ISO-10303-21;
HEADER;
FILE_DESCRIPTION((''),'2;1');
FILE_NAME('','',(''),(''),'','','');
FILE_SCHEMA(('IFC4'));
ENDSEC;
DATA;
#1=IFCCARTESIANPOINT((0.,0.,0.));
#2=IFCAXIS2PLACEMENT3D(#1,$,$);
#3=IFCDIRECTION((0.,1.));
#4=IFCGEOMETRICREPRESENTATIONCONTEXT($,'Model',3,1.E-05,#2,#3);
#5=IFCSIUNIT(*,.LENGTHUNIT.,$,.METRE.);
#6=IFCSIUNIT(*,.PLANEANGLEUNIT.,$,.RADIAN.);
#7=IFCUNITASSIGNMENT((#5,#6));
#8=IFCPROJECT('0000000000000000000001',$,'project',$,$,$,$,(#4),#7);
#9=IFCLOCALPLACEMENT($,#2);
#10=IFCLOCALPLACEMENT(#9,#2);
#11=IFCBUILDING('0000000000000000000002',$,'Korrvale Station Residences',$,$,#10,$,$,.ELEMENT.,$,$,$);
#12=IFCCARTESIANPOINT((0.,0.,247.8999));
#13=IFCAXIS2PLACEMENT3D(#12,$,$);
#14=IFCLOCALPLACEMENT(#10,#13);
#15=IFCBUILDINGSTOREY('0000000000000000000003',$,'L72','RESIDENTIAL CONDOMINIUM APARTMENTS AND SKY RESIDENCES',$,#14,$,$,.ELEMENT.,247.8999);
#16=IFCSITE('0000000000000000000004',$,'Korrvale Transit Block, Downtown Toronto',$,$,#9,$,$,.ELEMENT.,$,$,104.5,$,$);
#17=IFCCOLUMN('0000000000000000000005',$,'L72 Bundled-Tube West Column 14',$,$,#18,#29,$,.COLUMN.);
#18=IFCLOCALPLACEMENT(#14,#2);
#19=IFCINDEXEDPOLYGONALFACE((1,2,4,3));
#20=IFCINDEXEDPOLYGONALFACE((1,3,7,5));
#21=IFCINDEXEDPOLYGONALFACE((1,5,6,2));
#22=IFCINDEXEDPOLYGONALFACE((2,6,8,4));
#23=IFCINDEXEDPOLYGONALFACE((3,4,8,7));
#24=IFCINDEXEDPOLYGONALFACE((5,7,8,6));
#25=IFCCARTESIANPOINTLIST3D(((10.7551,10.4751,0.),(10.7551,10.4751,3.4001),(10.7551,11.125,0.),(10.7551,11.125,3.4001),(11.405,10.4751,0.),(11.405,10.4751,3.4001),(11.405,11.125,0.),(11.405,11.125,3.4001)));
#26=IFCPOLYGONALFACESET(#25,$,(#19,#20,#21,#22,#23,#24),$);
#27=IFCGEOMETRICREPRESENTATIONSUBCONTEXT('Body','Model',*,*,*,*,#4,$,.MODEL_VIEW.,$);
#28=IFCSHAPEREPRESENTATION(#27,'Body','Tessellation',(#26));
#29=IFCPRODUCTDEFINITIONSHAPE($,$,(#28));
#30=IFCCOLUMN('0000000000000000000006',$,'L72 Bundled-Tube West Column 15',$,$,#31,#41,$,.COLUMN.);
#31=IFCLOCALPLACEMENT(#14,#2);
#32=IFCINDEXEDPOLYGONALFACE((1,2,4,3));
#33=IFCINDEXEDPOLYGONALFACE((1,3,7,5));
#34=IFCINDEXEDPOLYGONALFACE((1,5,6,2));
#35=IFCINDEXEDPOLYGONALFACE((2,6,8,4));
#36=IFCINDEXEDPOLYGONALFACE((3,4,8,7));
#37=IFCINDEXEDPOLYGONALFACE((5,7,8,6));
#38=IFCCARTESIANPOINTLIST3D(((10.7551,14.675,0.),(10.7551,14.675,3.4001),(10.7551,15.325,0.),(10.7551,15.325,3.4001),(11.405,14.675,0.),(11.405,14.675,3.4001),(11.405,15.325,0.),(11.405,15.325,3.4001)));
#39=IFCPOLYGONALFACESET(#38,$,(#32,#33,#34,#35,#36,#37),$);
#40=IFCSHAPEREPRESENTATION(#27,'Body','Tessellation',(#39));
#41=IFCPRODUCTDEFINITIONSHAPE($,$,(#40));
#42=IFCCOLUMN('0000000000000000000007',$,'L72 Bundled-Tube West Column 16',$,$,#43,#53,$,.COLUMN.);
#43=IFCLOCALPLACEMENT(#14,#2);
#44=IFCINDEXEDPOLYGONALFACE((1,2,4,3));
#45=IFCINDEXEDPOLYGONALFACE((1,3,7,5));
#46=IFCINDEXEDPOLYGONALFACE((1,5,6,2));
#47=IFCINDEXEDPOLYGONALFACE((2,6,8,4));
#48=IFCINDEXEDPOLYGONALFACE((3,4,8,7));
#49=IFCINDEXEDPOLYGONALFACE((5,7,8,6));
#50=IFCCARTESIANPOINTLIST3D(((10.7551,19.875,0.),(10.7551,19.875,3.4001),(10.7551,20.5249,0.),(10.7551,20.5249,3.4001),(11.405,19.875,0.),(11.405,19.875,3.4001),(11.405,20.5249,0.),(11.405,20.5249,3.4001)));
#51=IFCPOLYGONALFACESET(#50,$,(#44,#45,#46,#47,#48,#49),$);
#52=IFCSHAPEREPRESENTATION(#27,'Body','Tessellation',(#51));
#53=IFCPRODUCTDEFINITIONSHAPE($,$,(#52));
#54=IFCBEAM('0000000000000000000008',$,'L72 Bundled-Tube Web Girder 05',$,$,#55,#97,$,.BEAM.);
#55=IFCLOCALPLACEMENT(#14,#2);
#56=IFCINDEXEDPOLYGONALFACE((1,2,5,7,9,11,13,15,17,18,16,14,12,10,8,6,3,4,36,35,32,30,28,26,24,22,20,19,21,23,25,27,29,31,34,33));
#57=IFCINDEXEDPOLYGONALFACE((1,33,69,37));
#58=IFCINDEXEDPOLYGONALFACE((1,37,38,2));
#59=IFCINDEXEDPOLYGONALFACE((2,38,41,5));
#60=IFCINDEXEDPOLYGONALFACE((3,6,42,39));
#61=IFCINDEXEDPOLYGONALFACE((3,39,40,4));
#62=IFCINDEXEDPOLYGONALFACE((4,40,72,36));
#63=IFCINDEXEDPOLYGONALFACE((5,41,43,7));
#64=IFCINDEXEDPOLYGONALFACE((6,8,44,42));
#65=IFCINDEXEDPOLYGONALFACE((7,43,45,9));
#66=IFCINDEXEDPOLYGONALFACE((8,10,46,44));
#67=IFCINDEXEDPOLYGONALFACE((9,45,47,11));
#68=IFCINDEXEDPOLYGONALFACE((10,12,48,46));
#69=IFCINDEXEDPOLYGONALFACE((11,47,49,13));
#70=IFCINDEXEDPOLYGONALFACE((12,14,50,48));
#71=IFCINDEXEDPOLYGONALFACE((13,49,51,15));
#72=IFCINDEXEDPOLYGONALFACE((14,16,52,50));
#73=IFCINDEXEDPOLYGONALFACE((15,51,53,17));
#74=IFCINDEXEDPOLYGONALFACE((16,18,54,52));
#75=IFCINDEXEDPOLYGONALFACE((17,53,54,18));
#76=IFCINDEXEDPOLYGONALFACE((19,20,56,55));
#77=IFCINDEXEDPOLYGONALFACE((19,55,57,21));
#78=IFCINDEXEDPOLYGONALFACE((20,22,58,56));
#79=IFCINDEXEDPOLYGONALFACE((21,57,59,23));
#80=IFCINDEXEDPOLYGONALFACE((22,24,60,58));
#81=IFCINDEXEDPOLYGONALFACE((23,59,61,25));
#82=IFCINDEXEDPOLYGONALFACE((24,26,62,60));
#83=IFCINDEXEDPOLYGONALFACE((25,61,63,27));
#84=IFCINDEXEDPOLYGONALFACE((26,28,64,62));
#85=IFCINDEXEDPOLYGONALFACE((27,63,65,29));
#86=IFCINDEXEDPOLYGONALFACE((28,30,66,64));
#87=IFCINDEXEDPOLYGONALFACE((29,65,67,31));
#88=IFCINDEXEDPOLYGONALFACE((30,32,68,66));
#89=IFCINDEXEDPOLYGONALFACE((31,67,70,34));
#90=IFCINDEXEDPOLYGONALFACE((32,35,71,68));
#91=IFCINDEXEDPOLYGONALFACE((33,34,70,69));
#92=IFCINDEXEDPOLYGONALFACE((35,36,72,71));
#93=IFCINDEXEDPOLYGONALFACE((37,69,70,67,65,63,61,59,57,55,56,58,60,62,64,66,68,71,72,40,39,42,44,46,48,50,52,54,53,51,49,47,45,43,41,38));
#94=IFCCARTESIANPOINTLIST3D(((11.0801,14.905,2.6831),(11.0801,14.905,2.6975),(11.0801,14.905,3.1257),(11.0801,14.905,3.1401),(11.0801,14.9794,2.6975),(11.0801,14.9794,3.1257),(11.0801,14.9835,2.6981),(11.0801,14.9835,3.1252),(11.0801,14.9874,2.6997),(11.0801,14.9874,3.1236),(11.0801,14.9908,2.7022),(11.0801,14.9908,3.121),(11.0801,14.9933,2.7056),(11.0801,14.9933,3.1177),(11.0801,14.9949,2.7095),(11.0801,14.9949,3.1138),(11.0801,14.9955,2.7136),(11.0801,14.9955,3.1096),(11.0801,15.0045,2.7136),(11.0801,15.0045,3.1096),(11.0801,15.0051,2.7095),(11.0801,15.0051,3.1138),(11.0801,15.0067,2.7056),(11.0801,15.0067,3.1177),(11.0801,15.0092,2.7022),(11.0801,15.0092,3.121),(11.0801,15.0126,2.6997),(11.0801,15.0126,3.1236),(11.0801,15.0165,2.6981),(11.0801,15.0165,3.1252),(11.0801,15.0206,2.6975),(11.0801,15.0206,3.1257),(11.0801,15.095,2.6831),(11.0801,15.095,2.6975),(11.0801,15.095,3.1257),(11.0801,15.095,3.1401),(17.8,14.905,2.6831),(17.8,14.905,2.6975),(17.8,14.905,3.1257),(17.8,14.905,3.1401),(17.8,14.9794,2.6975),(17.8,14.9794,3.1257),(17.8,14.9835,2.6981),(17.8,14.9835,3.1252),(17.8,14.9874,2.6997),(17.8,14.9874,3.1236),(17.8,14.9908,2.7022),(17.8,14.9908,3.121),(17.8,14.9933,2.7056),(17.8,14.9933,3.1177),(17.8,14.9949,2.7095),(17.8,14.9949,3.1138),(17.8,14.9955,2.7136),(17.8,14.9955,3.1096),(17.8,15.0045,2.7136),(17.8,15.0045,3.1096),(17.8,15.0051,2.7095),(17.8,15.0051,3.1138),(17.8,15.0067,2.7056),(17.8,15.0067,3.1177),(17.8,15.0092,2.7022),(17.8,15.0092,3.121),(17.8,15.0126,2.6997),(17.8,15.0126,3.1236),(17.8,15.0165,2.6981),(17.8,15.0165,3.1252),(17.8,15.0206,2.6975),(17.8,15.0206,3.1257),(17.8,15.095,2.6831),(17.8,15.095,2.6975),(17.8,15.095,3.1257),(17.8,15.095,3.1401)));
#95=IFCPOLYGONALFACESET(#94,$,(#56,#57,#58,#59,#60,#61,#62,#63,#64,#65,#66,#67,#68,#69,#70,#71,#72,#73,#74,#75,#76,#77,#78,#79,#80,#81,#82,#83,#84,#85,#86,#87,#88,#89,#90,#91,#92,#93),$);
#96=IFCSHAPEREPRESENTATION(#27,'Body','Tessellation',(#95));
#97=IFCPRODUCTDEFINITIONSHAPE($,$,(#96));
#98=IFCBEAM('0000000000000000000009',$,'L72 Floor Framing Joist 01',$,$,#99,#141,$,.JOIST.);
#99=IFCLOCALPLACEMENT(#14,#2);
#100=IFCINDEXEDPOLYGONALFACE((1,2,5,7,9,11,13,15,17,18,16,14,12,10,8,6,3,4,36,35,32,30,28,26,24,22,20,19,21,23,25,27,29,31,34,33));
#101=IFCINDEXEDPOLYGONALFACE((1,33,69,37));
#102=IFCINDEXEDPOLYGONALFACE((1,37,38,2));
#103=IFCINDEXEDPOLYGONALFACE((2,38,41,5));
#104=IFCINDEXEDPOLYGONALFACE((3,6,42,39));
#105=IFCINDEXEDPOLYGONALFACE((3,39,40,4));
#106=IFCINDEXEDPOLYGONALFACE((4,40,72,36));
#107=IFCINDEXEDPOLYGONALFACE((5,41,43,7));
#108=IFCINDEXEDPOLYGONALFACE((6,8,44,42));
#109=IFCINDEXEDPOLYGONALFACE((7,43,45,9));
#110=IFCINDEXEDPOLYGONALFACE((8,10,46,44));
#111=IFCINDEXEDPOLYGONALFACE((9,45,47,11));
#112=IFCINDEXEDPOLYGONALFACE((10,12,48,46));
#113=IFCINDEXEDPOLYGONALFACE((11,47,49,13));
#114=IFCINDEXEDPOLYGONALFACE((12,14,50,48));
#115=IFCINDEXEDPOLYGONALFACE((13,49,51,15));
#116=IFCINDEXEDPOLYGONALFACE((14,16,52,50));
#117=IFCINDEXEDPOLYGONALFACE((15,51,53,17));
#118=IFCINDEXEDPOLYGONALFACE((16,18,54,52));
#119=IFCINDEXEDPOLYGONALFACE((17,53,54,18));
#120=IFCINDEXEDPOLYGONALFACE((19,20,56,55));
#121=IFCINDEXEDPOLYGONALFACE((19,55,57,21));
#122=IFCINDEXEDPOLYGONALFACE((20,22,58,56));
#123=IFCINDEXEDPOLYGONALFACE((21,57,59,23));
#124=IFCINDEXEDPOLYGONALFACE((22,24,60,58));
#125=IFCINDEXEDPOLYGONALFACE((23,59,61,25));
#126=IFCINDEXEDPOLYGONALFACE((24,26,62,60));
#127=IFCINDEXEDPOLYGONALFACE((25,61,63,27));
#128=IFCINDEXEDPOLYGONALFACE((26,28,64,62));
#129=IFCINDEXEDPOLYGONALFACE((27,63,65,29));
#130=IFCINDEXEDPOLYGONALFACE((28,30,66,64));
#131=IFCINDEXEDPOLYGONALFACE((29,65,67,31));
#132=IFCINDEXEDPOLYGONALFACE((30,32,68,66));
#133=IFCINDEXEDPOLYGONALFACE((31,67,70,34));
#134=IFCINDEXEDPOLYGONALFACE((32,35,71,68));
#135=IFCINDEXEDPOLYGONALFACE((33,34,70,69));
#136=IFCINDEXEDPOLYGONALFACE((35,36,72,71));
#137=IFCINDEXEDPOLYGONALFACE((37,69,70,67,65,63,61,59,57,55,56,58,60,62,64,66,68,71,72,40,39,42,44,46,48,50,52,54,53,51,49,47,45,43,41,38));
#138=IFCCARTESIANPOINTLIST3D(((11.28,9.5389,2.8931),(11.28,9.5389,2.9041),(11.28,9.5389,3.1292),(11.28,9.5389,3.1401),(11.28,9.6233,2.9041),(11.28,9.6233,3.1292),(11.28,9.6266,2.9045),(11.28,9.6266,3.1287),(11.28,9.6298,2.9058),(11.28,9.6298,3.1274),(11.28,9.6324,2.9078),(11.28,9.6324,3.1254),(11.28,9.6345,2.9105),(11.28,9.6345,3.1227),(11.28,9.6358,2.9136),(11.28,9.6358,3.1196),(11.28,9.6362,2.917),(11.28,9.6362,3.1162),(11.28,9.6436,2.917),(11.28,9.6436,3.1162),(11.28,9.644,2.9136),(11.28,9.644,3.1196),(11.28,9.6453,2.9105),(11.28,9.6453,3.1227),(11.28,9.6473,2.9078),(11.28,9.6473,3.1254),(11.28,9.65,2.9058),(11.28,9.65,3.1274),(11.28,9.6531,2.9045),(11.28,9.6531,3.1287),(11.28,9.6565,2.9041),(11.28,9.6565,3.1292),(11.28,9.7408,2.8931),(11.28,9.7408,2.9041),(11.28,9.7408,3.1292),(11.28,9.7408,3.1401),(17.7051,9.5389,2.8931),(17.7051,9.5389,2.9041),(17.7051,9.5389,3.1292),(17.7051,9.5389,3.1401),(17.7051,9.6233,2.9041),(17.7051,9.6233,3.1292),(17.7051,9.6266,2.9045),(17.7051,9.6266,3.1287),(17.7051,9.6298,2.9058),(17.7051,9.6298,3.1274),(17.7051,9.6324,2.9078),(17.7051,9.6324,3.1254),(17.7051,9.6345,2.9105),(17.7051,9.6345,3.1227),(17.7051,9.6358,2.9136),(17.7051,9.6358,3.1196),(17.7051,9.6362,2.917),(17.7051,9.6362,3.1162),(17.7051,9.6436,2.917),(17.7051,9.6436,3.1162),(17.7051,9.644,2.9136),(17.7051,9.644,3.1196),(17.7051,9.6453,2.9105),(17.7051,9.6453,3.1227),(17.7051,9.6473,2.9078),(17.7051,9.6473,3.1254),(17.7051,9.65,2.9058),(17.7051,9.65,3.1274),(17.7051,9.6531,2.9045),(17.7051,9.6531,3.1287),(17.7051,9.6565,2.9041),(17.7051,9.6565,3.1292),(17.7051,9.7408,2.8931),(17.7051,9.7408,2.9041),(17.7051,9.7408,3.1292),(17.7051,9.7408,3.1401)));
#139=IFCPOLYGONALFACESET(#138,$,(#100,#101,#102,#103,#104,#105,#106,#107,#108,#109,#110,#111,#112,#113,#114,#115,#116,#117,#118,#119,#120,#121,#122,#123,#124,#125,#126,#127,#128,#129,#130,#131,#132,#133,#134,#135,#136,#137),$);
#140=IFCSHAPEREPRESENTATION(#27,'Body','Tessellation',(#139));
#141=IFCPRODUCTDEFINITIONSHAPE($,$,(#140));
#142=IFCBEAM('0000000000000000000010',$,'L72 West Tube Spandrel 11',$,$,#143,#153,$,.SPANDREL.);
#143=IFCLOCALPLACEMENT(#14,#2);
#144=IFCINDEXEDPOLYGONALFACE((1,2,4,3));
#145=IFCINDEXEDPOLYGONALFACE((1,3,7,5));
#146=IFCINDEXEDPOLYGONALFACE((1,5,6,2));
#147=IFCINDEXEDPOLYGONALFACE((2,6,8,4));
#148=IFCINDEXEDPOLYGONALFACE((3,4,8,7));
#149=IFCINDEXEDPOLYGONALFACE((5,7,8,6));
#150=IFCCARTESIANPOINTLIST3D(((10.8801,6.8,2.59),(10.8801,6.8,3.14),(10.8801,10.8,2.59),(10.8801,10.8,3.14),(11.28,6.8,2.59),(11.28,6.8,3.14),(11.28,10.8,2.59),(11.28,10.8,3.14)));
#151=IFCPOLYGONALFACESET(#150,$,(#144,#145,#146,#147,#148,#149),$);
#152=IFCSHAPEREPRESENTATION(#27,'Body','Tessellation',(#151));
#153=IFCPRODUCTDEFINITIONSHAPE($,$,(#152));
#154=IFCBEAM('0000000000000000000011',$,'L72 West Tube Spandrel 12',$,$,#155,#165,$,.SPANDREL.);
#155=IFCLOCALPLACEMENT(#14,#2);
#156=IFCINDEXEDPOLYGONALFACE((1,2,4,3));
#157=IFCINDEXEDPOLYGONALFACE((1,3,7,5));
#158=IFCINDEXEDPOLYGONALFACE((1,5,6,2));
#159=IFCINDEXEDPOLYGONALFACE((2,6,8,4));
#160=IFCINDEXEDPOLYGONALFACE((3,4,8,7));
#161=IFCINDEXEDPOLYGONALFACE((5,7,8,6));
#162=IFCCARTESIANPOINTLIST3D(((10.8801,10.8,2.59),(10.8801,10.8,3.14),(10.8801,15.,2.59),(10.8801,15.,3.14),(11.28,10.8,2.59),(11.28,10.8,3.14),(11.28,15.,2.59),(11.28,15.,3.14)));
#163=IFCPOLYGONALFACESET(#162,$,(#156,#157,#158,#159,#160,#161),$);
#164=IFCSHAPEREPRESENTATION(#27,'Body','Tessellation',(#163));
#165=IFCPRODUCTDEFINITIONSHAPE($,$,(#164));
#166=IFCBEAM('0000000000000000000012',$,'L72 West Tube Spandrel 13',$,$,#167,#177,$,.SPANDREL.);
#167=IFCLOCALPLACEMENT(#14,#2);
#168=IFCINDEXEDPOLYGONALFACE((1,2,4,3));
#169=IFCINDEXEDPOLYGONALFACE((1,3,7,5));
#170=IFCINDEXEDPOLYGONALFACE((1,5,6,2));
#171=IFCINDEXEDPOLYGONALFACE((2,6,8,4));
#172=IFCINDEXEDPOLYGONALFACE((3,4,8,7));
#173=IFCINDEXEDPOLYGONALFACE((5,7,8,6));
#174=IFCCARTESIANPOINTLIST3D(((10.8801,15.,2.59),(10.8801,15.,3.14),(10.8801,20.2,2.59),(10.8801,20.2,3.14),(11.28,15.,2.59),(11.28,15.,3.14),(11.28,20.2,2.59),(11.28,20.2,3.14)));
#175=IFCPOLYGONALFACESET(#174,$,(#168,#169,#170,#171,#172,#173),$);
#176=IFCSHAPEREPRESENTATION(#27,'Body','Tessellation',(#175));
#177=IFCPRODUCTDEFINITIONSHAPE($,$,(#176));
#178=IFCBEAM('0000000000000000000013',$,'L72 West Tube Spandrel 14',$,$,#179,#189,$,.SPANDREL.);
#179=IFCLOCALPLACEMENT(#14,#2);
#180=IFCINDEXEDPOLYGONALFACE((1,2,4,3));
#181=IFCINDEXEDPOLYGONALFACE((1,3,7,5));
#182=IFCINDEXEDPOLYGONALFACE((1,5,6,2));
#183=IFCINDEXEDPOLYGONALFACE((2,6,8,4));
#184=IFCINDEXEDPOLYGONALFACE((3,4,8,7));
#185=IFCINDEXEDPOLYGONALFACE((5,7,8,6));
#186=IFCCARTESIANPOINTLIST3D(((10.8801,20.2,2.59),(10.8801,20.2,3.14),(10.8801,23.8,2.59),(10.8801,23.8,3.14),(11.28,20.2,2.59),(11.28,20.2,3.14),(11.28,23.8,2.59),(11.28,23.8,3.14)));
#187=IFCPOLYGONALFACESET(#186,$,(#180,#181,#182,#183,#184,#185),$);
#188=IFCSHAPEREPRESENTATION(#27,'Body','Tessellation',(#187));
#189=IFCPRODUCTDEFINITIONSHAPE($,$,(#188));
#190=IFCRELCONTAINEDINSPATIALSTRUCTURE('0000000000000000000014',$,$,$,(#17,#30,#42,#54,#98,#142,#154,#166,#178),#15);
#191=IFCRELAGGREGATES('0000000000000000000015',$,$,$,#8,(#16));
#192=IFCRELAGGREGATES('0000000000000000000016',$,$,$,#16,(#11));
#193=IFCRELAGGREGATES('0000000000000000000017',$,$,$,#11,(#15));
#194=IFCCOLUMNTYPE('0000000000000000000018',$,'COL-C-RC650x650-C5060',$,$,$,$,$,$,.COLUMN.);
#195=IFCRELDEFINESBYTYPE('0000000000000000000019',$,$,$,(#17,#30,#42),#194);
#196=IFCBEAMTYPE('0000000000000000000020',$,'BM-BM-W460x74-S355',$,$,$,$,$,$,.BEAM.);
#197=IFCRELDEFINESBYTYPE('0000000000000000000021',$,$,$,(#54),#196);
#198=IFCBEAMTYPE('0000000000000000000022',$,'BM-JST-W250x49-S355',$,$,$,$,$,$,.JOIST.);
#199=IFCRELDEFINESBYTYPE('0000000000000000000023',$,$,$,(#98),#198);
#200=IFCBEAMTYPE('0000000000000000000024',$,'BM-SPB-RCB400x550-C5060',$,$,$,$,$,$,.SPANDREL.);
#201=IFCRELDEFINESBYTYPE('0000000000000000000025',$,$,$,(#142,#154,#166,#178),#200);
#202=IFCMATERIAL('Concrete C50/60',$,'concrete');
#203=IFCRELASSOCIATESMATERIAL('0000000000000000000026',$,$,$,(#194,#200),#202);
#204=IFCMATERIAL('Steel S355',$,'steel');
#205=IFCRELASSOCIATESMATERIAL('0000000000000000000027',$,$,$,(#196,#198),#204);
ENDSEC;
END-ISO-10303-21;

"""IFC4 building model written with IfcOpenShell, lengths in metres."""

from ifc_helpers import new_model, si_unit, direction, frame, origin, origin_2d, place, context, subcontext, project, spatial, rectangle, i_section, extrude, material, material_profile, profile_set, type_object, element, save


model = new_model("IFC4")

# Units and contexts
model_context = context("Model", 3, precision=1e-05, world=origin(), true_north=direction((0.0, 1.0)))
body_context = subcontext(model_context, "Body", "Model", "MODEL_VIEW")
ifc_project = project(units=[si_unit("LENGTHUNIT", "METRE"), si_unit("PLANEANGLEUNIT", "RADIAN")], contexts=[model_context])

# Site, building, storey
site_placement = place(None, origin())
site = spatial("IfcSite", under=ifc_project, at=site_placement, Name="Korrvale Transit Block, Downtown Toronto", CompositionType="ELEMENT", RefElevation=104.5)
building_placement = place(site_placement, origin())
building = spatial("IfcBuilding", under=site, at=building_placement, Name="Korrvale Station Residences", CompositionType="ELEMENT")
storey_placement = place(building_placement, frame((0.0, 0.0, 247.8999)))
storey = spatial("IfcBuildingStorey", under=building, at=storey_placement, Name="L72", Description="RESIDENTIAL CONDOMINIUM APARTMENTS AND SKY RESIDENCES", CompositionType="ELEMENT", Elevation=247.8999)

# Columns
ifc_material_1 = material(Name="Concrete C50/60", Category="concrete")
ifc_material_profile_1 = material_profile(ifc_material_1, rectangle(XDim=0.6499, YDim=0.6499, at=origin_2d()), Name="RC650x650")
ifc_profile_set_1 = profile_set([ifc_material_profile_1], Name="Concrete C50/60")
column_type = type_object("IfcColumnType", Name="COL-C-RC650x650-C5060", PredefinedType="COLUMN", material=ifc_profile_set_1)
for number, where, z_axis, x_axis, name in (
    (1, (11.0801, 10.8, 0.0), (0.0, 0.0, 1.0), (1.0, 0.0, 0.0), "L72 Bundled-Tube West Column 14"),
    (2, (11.0801, 15.0, 0.0), (0.0, 0.0, 1.0), (1.0, 0.0, 0.0), "L72 Bundled-Tube West Column 15"),
    (3, (11.0801, 20.2, 0.0), (0.0, 0.0, 1.0), (1.0, 0.0, 0.0), "L72 Bundled-Tube West Column 16"),
):
    element("IfcColumn", number, at=place(storey_placement, frame(where, z_axis=z_axis, x_axis=x_axis)), inside=storey, type_object=column_type, Name=name, PredefinedType="COLUMN", context=body_context, shape_type="SweptSolid", body=[
        extrude(rectangle(XDim=0.6499, YDim=0.6499, at=origin_2d()), origin(), (0.0, 0.0, 1.0), 3.4001),
    ])

# Beams
ifc_material_2 = material(Name="Steel S355", Category="steel")
ifc_material_profile_2 = material_profile(ifc_material_2, i_section(OverallWidth=0.1899, OverallDepth=0.457, WebThickness=0.009, FlangeThickness=0.0144, FilletRadius=0.0161, at=origin_2d()), Name="W460x74")
ifc_profile_set_2 = profile_set([ifc_material_profile_2], Name="Steel S355")
beam_type_1 = type_object("IfcBeamType", Name="BM-BM-W460x74-S355", PredefinedType="BEAM", material=ifc_profile_set_2)
beam_1_placement = place(storey_placement, frame((11.0801, 15.0, 2.9116), z_axis=(1.0, 0.0, 0.0), x_axis=(0.0, 1.0, 0.0)))
element("IfcBeam", 4, at=beam_1_placement, inside=storey, type_object=beam_type_1, Name="L72 Bundled-Tube Web Girder 05", PredefinedType="BEAM", context=body_context, shape_type="SweptSolid", body=[
    extrude(i_section(OverallWidth=0.1899, OverallDepth=0.457, WebThickness=0.009, FlangeThickness=0.0144, FilletRadius=0.0161, at=origin_2d()), origin(), (0.0, 0.0, 1.0), 6.72),
])
ifc_material_profile_3 = material_profile(ifc_material_2, i_section(OverallWidth=0.2019, OverallDepth=0.2471, WebThickness=0.0073, FlangeThickness=0.011, FilletRadius=0.0129, at=origin_2d()), Name="W250x49")
ifc_profile_set_3 = profile_set([ifc_material_profile_3], Name="Steel S355")
beam_type_2 = type_object("IfcBeamType", Name="BM-JST-W250x49-S355", PredefinedType="JOIST", material=ifc_profile_set_3)
beam_2_placement = place(storey_placement, frame((11.28, 9.6399, 3.0166), z_axis=(1.0, 0.0, 0.0), x_axis=(0.0, 1.0, 0.0)))
element("IfcBeam", 5, at=beam_2_placement, inside=storey, type_object=beam_type_2, Name="L72 Floor Framing Joist 01", PredefinedType="JOIST", context=body_context, shape_type="SweptSolid", body=[
    extrude(i_section(OverallWidth=0.2019, OverallDepth=0.2471, WebThickness=0.0073, FlangeThickness=0.011, FilletRadius=0.0129, at=origin_2d()), origin(), (0.0, 0.0, 1.0), 6.425),
])
ifc_material_profile_4 = material_profile(ifc_material_1, rectangle(XDim=0.3999, YDim=0.55, at=origin_2d()), Name="RCB400x550")
ifc_profile_set_4 = profile_set([ifc_material_profile_4], Name="Concrete C50/60")
beam_type_3 = type_object("IfcBeamType", Name="BM-SPB-RCB400x550-C5060", PredefinedType="SPANDREL", material=ifc_profile_set_4)
beam_3_placement = place(storey_placement, frame((11.0801, 6.8, 2.865), z_axis=(0.0, 1.0, 0.0), x_axis=(-1.0, 0.0, 0.0)))
element("IfcBeam", 6, at=beam_3_placement, inside=storey, type_object=beam_type_3, Name="L72 West Tube Spandrel 11", PredefinedType="SPANDREL", context=body_context, shape_type="SweptSolid", body=[
    extrude(rectangle(XDim=0.3999, YDim=0.55, at=origin_2d()), origin(), (0.0, 0.0, 1.0), 4.0),
])
beam_4_placement = place(storey_placement, frame((11.0801, 10.8, 2.865), z_axis=(0.0, 1.0, 0.0), x_axis=(-1.0, 0.0, 0.0)))
element("IfcBeam", 7, at=beam_4_placement, inside=storey, type_object=beam_type_3, Name="L72 West Tube Spandrel 12", PredefinedType="SPANDREL", context=body_context, shape_type="SweptSolid", body=[
    extrude(rectangle(XDim=0.3999, YDim=0.55, at=origin_2d()), origin(), (0.0, 0.0, 1.0), 4.2),
])
beam_5_placement = place(storey_placement, frame((11.0801, 15.0, 2.865), z_axis=(0.0, 1.0, 0.0), x_axis=(-1.0, 0.0, 0.0)))
element("IfcBeam", 8, at=beam_5_placement, inside=storey, type_object=beam_type_3, Name="L72 West Tube Spandrel 13", PredefinedType="SPANDREL", context=body_context, shape_type="SweptSolid", body=[
    extrude(rectangle(XDim=0.3999, YDim=0.55, at=origin_2d()), origin(), (0.0, 0.0, 1.0), 5.2),
])
beam_6_placement = place(storey_placement, frame((11.0801, 20.2, 2.865), z_axis=(0.0, 1.0, 0.0), x_axis=(-1.0, 0.0, 0.0)))
element("IfcBeam", 9, at=beam_6_placement, inside=storey, type_object=beam_type_3, Name="L72 West Tube Spandrel 14", PredefinedType="SPANDREL", context=body_context, shape_type="SweptSolid", body=[
    extrude(rectangle(XDim=0.3999, YDim=0.55, at=origin_2d()), origin(), (0.0, 0.0, 1.0), 3.6001),
])

save(model, "model.ifc")
